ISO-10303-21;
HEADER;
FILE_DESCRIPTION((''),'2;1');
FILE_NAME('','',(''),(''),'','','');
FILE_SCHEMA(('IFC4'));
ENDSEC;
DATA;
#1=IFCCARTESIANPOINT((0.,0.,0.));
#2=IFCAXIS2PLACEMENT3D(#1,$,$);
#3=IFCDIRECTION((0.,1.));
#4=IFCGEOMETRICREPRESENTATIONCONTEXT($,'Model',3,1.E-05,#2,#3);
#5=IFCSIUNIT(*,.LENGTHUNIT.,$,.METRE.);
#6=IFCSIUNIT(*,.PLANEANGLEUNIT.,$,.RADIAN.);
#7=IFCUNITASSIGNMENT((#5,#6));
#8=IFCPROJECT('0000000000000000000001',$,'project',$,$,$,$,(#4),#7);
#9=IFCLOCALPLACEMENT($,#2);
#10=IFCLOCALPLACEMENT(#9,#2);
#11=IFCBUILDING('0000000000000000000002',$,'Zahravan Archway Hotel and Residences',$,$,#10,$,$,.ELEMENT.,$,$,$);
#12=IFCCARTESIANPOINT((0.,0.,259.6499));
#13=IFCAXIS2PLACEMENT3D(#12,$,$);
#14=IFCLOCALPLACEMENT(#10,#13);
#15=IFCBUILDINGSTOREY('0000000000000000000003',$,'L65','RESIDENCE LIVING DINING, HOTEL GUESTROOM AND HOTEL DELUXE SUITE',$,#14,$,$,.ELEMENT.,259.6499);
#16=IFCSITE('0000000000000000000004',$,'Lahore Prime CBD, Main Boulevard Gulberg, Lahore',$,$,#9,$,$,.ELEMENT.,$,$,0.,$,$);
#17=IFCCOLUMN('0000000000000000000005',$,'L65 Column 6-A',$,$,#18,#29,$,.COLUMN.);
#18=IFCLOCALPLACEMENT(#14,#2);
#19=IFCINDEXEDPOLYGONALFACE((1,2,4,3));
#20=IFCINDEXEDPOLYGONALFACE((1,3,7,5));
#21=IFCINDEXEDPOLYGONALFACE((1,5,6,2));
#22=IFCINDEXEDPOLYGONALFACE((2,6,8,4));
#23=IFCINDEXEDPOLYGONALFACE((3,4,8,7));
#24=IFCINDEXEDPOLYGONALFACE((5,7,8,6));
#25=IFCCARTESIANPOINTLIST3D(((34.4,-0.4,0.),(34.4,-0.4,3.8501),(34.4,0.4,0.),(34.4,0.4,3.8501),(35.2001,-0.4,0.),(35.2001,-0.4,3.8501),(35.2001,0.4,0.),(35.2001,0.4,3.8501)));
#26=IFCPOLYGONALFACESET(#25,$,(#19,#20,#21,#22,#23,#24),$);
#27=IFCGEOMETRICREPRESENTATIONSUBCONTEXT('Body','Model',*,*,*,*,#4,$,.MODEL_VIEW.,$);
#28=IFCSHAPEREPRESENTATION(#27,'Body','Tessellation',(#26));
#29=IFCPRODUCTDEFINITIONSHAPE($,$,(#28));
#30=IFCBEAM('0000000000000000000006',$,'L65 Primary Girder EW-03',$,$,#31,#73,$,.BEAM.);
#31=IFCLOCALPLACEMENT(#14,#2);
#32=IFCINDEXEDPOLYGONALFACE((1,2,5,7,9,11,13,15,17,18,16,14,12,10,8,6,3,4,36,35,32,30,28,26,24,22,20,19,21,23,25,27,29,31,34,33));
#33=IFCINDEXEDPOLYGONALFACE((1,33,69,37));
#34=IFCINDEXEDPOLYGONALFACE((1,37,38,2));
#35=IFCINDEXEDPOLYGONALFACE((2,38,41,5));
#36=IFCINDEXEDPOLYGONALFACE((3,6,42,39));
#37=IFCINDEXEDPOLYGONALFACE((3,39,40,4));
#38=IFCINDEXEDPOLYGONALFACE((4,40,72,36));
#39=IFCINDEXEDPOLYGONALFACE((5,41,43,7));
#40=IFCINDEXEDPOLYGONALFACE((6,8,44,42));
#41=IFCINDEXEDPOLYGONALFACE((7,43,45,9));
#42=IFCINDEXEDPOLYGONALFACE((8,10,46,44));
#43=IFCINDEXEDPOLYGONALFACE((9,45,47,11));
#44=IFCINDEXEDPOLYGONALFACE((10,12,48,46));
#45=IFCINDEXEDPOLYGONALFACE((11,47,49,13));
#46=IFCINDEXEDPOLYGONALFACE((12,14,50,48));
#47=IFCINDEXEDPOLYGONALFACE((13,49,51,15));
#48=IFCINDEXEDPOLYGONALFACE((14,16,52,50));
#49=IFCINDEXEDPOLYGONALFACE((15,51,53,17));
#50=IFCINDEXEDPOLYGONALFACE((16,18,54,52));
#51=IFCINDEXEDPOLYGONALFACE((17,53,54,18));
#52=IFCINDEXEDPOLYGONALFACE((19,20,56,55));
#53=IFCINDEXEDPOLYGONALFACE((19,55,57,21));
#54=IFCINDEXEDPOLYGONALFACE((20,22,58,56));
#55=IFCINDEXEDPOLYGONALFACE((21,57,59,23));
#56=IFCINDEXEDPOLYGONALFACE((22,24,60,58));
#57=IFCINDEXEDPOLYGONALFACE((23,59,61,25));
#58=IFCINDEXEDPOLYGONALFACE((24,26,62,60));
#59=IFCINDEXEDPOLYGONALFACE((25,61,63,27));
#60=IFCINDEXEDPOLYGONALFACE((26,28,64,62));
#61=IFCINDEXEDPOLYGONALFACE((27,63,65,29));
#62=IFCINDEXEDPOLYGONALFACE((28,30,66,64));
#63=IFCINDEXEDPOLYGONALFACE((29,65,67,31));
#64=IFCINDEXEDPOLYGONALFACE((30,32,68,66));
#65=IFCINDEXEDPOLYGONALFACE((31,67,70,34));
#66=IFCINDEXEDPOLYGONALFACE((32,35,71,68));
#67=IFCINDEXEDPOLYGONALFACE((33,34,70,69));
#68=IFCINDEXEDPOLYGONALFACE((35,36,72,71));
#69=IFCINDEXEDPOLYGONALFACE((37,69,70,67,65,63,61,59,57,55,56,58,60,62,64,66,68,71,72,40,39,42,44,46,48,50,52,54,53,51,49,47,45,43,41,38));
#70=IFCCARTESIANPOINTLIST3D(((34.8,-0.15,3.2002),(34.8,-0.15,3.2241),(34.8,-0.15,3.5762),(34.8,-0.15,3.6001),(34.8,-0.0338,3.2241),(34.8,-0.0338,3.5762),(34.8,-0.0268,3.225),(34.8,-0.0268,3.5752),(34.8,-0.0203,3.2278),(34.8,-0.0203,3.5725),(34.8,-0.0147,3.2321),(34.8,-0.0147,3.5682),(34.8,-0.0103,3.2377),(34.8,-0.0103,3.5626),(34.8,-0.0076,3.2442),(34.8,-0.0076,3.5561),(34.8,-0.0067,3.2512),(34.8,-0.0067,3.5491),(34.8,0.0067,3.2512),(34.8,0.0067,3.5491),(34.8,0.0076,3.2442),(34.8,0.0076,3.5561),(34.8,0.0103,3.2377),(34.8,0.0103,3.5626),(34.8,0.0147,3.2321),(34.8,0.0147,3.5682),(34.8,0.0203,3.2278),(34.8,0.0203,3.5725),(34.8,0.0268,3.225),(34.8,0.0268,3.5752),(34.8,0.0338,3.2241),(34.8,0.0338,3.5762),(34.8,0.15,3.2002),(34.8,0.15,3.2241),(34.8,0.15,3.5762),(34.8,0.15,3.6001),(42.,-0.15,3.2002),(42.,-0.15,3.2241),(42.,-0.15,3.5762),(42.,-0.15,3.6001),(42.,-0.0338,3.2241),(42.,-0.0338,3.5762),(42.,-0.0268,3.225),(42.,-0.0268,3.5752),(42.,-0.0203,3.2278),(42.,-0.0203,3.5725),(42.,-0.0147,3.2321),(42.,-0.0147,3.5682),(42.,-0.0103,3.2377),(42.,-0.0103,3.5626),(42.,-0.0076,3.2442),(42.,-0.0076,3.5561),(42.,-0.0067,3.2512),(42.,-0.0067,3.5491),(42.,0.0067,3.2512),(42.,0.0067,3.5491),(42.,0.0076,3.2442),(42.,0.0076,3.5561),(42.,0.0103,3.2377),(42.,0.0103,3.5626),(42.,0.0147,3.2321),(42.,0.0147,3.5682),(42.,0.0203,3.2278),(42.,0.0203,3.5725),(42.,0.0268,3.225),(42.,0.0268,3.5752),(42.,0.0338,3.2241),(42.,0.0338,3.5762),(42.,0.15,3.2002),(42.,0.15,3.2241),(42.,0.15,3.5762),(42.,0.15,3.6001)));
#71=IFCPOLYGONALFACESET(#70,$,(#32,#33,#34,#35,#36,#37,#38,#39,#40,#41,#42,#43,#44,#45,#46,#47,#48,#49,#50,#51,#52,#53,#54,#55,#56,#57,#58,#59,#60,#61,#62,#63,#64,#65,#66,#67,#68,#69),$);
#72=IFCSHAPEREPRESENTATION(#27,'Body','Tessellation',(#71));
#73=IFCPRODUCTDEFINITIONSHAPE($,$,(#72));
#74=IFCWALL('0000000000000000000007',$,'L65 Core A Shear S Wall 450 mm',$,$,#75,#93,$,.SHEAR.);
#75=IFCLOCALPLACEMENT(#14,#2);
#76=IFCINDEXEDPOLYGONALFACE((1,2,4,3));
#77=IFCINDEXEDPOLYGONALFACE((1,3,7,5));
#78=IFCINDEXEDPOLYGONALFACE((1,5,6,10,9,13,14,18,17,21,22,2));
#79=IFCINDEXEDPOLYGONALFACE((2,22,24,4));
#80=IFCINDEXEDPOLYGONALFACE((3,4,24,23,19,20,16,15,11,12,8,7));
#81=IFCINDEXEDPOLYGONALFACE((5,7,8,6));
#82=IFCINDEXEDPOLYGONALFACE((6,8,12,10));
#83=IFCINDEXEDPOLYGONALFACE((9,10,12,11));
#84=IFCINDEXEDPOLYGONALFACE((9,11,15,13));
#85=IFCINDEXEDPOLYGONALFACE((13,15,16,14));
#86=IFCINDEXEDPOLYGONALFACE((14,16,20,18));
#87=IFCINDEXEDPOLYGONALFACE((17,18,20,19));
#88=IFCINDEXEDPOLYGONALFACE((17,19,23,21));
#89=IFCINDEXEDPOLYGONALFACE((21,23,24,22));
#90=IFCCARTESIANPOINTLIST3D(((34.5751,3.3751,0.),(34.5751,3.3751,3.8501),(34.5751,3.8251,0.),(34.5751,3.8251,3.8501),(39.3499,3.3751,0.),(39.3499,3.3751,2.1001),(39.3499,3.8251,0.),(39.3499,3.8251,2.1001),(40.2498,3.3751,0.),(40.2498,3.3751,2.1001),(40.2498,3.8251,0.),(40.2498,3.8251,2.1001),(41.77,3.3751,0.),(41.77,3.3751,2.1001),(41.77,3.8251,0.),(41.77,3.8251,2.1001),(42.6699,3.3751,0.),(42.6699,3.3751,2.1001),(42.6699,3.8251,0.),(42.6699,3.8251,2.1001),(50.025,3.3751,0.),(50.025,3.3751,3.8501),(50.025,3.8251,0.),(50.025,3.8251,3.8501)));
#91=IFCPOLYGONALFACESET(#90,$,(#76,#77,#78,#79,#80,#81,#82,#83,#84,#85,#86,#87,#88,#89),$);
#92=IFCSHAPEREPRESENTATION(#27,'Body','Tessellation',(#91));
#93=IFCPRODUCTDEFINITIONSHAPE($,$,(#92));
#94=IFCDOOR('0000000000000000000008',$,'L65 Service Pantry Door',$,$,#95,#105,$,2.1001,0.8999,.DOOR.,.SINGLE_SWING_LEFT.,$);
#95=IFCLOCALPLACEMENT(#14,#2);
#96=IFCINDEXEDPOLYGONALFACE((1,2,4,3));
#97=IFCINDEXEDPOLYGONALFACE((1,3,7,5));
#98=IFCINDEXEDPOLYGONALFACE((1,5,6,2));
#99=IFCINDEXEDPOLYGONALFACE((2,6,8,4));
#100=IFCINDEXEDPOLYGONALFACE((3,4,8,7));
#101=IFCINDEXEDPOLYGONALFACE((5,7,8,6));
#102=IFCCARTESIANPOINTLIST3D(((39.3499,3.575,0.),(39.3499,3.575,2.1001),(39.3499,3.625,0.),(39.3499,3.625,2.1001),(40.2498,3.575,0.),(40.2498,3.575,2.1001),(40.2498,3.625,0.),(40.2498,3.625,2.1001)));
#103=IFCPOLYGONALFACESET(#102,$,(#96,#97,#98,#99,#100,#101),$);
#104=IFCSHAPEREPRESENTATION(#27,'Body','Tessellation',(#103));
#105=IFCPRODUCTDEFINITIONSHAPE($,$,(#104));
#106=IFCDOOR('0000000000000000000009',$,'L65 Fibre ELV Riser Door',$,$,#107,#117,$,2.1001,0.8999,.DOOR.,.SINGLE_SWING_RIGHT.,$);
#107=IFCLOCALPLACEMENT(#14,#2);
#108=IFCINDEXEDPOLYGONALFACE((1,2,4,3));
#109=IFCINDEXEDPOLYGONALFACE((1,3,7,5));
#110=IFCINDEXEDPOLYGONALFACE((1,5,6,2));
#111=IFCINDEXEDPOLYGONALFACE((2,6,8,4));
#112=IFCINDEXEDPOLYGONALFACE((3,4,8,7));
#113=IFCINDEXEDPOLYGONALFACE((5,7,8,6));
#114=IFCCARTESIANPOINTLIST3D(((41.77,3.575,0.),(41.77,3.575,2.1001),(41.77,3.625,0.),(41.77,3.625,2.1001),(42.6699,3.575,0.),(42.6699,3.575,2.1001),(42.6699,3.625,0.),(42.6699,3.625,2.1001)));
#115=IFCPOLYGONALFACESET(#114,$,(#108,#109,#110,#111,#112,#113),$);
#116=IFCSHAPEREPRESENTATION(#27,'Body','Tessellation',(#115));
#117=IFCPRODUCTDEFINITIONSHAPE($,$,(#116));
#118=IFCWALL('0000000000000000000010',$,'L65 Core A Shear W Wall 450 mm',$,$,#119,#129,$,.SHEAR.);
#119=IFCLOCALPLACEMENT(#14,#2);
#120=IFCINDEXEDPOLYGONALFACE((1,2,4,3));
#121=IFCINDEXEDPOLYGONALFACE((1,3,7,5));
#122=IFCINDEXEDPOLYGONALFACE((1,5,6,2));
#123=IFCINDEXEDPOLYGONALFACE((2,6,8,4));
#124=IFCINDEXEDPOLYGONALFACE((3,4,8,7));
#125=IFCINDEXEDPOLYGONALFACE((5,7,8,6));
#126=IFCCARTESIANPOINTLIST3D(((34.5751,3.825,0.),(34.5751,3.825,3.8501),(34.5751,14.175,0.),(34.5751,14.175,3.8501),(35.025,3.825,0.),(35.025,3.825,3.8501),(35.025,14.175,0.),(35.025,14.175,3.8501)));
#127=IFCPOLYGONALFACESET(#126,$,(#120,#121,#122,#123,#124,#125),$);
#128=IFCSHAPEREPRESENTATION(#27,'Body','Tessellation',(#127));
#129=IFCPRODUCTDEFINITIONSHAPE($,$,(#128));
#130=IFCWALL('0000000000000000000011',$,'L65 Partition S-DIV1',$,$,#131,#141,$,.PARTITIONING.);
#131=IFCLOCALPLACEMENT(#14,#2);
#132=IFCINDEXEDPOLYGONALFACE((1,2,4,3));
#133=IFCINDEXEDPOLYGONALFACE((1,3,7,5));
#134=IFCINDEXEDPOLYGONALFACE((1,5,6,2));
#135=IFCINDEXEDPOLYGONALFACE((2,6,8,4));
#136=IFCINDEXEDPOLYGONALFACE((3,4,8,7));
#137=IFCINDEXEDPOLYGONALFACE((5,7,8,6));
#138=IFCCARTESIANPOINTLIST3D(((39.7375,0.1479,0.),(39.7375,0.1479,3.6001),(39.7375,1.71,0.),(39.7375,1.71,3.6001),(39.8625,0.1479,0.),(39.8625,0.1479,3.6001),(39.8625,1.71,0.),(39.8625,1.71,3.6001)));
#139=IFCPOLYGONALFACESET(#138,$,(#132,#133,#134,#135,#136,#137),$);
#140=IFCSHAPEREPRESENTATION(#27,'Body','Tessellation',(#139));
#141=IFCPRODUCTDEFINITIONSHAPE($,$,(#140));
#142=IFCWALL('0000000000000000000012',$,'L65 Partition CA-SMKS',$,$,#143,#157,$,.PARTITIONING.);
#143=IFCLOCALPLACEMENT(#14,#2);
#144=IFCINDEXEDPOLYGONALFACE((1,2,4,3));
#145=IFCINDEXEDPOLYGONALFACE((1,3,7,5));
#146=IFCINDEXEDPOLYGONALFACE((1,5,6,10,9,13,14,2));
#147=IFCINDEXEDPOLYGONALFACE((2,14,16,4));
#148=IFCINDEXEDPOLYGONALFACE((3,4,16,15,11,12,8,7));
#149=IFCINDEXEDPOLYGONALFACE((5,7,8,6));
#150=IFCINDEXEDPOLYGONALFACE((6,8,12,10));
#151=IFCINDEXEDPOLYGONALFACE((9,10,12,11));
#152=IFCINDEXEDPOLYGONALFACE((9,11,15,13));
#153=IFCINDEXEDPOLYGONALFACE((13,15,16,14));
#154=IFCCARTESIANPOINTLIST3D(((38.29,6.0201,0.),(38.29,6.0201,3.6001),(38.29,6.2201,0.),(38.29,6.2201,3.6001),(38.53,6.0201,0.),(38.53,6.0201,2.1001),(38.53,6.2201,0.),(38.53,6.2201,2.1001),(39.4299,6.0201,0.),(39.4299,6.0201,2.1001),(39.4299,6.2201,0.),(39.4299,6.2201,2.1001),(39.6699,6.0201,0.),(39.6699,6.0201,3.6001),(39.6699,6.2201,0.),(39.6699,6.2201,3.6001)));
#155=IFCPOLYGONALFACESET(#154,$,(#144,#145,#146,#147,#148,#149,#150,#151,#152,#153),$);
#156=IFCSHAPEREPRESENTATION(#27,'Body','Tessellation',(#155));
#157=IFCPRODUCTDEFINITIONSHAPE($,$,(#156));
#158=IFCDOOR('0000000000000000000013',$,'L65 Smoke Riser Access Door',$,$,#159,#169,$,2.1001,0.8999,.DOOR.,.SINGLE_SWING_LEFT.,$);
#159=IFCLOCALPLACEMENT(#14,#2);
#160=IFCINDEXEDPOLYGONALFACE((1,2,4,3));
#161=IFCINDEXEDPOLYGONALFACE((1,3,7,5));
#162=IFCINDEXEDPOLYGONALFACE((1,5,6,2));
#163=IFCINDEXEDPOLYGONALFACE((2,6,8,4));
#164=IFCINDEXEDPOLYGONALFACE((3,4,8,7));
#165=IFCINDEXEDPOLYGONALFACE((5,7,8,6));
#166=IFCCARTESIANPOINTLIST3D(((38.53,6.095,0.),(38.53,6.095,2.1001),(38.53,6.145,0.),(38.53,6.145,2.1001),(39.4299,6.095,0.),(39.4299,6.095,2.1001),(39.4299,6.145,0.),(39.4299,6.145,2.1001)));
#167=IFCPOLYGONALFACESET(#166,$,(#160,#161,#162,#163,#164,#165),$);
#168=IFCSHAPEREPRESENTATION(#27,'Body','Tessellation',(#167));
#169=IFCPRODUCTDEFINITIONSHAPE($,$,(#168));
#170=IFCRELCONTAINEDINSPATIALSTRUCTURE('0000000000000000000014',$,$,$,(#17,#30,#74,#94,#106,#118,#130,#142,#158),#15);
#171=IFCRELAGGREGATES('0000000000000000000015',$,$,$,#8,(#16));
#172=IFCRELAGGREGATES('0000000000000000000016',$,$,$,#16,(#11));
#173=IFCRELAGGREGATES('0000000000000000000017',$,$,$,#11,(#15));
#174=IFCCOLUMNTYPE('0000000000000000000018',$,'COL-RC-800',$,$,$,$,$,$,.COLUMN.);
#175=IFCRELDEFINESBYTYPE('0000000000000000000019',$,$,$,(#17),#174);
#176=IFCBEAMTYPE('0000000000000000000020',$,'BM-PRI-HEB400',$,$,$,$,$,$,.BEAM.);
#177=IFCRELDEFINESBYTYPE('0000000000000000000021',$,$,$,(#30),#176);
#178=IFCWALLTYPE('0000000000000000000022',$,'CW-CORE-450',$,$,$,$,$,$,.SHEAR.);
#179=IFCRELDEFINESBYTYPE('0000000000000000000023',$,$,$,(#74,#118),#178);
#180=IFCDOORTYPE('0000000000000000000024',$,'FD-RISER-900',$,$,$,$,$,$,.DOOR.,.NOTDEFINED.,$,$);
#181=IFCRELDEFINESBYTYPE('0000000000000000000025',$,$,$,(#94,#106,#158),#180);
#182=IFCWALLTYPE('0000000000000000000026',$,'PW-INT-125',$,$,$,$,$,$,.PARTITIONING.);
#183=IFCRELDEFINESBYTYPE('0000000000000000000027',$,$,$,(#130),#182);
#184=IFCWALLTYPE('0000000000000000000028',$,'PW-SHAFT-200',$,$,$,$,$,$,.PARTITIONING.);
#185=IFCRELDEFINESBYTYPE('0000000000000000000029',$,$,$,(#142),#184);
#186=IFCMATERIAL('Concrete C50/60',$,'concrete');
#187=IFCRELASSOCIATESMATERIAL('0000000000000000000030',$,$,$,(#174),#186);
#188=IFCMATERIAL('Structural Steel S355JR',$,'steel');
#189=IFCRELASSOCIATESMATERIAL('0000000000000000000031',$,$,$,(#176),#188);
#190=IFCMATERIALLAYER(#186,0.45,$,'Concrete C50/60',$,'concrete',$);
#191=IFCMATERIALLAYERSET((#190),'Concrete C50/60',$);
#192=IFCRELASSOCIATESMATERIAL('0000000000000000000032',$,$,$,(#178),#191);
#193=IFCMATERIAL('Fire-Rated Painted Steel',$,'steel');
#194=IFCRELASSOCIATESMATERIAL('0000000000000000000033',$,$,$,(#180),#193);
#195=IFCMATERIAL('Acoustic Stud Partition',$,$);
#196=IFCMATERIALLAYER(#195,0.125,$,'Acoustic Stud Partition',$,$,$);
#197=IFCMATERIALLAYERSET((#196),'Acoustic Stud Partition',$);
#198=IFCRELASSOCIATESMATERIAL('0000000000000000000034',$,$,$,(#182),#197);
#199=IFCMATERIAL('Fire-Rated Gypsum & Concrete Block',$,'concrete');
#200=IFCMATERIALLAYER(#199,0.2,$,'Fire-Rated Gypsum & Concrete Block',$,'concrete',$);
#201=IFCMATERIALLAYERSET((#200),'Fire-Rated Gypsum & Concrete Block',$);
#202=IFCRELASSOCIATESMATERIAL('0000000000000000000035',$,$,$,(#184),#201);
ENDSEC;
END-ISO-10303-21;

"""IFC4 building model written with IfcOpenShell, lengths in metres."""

from ifc_helpers import new_model, si_unit, direction, frame, frame_2d, origin, origin_2d, place, context, subcontext, project, spatial, rectangle, i_section, extrude, source, transform, mapped, material, layer, layer_set, material_profile, profile_set, type_object, type_shapes, element, fill, save


model = new_model("IFC4")

# Units and contexts
model_context = context("Model", 3, precision=1e-05, world=origin(), true_north=direction((0.0, 1.0)))
body_context = subcontext(model_context, "Body", "Model", "MODEL_VIEW")
ifc_project = project(units=[si_unit("LENGTHUNIT", "METRE"), si_unit("PLANEANGLEUNIT", "RADIAN")], contexts=[model_context])

# Site, building, storey
site_placement = place(None, origin())
site = spatial("IfcSite", under=ifc_project, at=site_placement, Name="Lahore Prime CBD, Main Boulevard Gulberg, Lahore", CompositionType="ELEMENT", RefElevation=0.0)
building_placement = place(site_placement, origin())
building = spatial("IfcBuilding", under=site, at=building_placement, Name="Zahravan Archway Hotel and Residences", CompositionType="ELEMENT")
storey_placement = place(building_placement, frame((0.0, 0.0, 259.6499)))
storey = spatial("IfcBuildingStorey", under=building, at=storey_placement, Name="L65", Description="RESIDENCE LIVING DINING, HOTEL GUESTROOM AND HOTEL DELUXE SUITE", CompositionType="ELEMENT", Elevation=259.6499)

# Column
ifc_material_1 = material(Name="Concrete C50/60", Category="concrete")
ifc_material_profile_1 = material_profile(ifc_material_1, rectangle(XDim=0.8, YDim=0.8, at=origin_2d()), Name="RC-COL-800x800", Category="concrete")
ifc_profile_set_1 = profile_set([ifc_material_profile_1], Name="Concrete C50/60")
column_type = type_object("IfcColumnType", Name="COL-RC-800", PredefinedType="COLUMN", material=ifc_profile_set_1)
shared_shape_1 = source(origin(), body_context, "Body", "SweptSolid", [
    extrude(rectangle(XDim=0.8, YDim=0.8, at=origin_2d()), origin(), (0.0, 0.0, 1.0), 3.8501),
])
column_placement = place(storey_placement, frame((34.8, 0.0, 0.0), z_axis=(0.0, 0.0, 1.0), x_axis=(1.0, 0.0, 0.0)))
element("IfcColumn", 1, at=column_placement, inside=storey, type_object=column_type, Name="L65 Column 6-A", PredefinedType="COLUMN", context=body_context, shape_type="MappedRepresentation", body=[
    mapped(shared_shape_1, transform((0.0, 0.0, 0.0), scale=1.0)),
])

# Beam
ifc_material_2 = material(Name="Structural Steel S355JR", Category="steel")
ifc_material_profile_2 = material_profile(ifc_material_2, i_section(OverallWidth=0.3, OverallDepth=0.3999, WebThickness=0.0134, FlangeThickness=0.0239, FilletRadius=0.0271, at=origin_2d()), Name="HEB 400", Category="steel")
ifc_profile_set_2 = profile_set([ifc_material_profile_2], Name="Structural Steel S355JR")
beam_type = type_object("IfcBeamType", Name="BM-PRI-HEB400", PredefinedType="BEAM", material=ifc_profile_set_2)
shared_shape_2 = source(origin(), body_context, "Body", "SweptSolid", [
    extrude(i_section(OverallWidth=0.3, OverallDepth=0.3999, WebThickness=0.0134, FlangeThickness=0.0239, FilletRadius=0.0271, at=origin_2d()), origin(), (0.0, 0.0, 1.0), 7.2),
])
type_shapes(beam_type, [shared_shape_2])
beam_placement = place(storey_placement, frame((34.8, 0.0, 3.4001), z_axis=(1.0, 0.0, 0.0), x_axis=(0.0, 1.0, 0.0)))
element("IfcBeam", 2, at=beam_placement, inside=storey, type_object=beam_type, Name="L65 Primary Girder EW-03", PredefinedType="BEAM", context=body_context, shape_type="MappedRepresentation", body=[
    mapped(shared_shape_2, transform((0.0, 0.0, 0.0), scale=1.0)),
])

# Wall, openings, doors
ifc_layer_1 = layer(ifc_material_1, 0.45, Name="Concrete C50/60", Category="concrete")
ifc_layer_set_1 = layer_set([ifc_layer_1], Name="Concrete C50/60")
wall_type_1 = type_object("IfcWallType", Name="CW-CORE-450", PredefinedType="SHEAR", material=ifc_layer_set_1)
wall_1_placement = place(storey_placement, frame((34.575, 3.6001, 0.0), z_axis=(0.0, 0.0, 1.0), x_axis=(1.0, 0.0, 0.0)))
wall_1 = element("IfcWall", 3, at=wall_1_placement, inside=storey, type_object=wall_type_1, Name="L65 Core A Shear S Wall 450 mm", PredefinedType="SHEAR", context=body_context, shape_type="SweptSolid", body=[
    extrude(rectangle(XDim=15.45, YDim=0.45, at=frame_2d((7.7251, 0.0))), origin(), (0.0, 0.0, 1.0), 3.8501),
])
opening_1_placement = place(wall_1_placement, frame((4.7749, 0.0, 0.0)))
opening_1 = element("IfcOpeningElement", 4, at=opening_1_placement, cuts=wall_1, PredefinedType="OPENING", context=body_context, shape_type="SweptSolid", body=[
    extrude(rectangle(XDim=0.8999, YDim=2.1001, at=frame_2d((0.45, 1.05))), frame((0.0, 0.2349, 0.0), z_axis=(0.0, -1.0, 0.0), x_axis=(1.0, 0.0, 0.0)), (0.0, 0.0, 1.0), 0.47),
])
opening_2_placement = place(wall_1_placement, frame((7.1951, 0.0, 0.0)))
opening_2 = element("IfcOpeningElement", 5, at=opening_2_placement, cuts=wall_1, PredefinedType="OPENING", context=body_context, shape_type="SweptSolid", body=[
    extrude(rectangle(XDim=0.8999, YDim=2.1001, at=frame_2d((0.45, 1.05))), frame((0.0, 0.2349, 0.0), z_axis=(0.0, -1.0, 0.0), x_axis=(1.0, 0.0, 0.0)), (0.0, 0.0, 1.0), 0.47),
])
ifc_material_3 = material(Name="Fire-Rated Painted Steel", Category="steel")
door_type = type_object("IfcDoorType", Name="FD-RISER-900", OperationType="NOTDEFINED", PredefinedType="DOOR", material=ifc_material_3)
shared_shape_3 = source(origin(), body_context, "Body", "SweptSolid", [
    extrude(rectangle(XDim=0.8999, YDim=2.1001, at=frame_2d((0.45, 1.05))), frame((0.0, 0.0249, 0.0), z_axis=(0.0, -1.0, 0.0), x_axis=(1.0, 0.0, 0.0)), (0.0, 0.0, 1.0), 0.05),
])
type_shapes(door_type, [shared_shape_3])
door_1_placement = place(opening_1_placement, origin())
door_1 = element("IfcDoor", 6, at=door_1_placement, inside=storey, type_object=door_type, Name="L65 Service Pantry Door", OperationType="SINGLE_SWING_LEFT", OverallHeight=2.1001, OverallWidth=0.8999, PredefinedType="DOOR", context=body_context, shape_type="MappedRepresentation", body=[
    mapped(shared_shape_3, transform((0.0, 0.0, 0.0), scale=1.0)),
])
fill(opening_1, door_1)
door_2_placement = place(opening_2_placement, origin())
door_2 = element("IfcDoor", 7, at=door_2_placement, inside=storey, type_object=door_type, Name="L65 Fibre ELV Riser Door", OperationType="SINGLE_SWING_RIGHT", OverallHeight=2.1001, OverallWidth=0.8999, PredefinedType="DOOR", context=body_context, shape_type="MappedRepresentation", body=[
    mapped(shared_shape_3, transform((0.0, 0.0, 0.0), scale=1.0)),
])
fill(opening_2, door_2)

# Walls
wall_2_placement = place(storey_placement, frame((34.8, 3.825, 0.0), z_axis=(0.0, 0.0, 1.0), x_axis=(0.0, 1.0, 0.0)))
element("IfcWall", 8, at=wall_2_placement, inside=storey, type_object=wall_type_1, Name="L65 Core A Shear W Wall 450 mm", PredefinedType="SHEAR", context=body_context, shape_type="SweptSolid", body=[
    extrude(rectangle(XDim=10.3501, YDim=0.45, at=frame_2d((5.175, 0.0))), origin(), (0.0, 0.0, 1.0), 3.8501),
])
ifc_material_4 = material(Name="Acoustic Stud Partition")
ifc_layer_2 = layer(ifc_material_4, 0.125, Name="Acoustic Stud Partition")
ifc_layer_set_2 = layer_set([ifc_layer_2], Name="Acoustic Stud Partition")
wall_type_2 = type_object("IfcWallType", Name="PW-INT-125", PredefinedType="PARTITIONING", material=ifc_layer_set_2)
wall_3_placement = place(storey_placement, frame((39.8, 0.1479, 0.0), z_axis=(0.0, 0.0, 1.0), x_axis=(0.0, 1.0, 0.0)))
element("IfcWall", 9, at=wall_3_placement, inside=storey, type_object=wall_type_2, Name="L65 Partition S-DIV1", PredefinedType="PARTITIONING", context=body_context, shape_type="SweptSolid", body=[
    extrude(rectangle(XDim=1.562, YDim=0.125, at=frame_2d((0.781, 0.0))), origin(), (0.0, 0.0, 1.0), 3.6001),
])

# Wall, opening, door
ifc_material_5 = material(Name="Fire-Rated Gypsum & Concrete Block", Category="concrete")
ifc_layer_3 = layer(ifc_material_5, 0.2, Name="Fire-Rated Gypsum & Concrete Block", Category="concrete")
ifc_layer_set_3 = layer_set([ifc_layer_3], Name="Fire-Rated Gypsum & Concrete Block")
wall_type_3 = type_object("IfcWallType", Name="PW-SHAFT-200", PredefinedType="PARTITIONING", material=ifc_layer_set_3)
wall_4_placement = place(storey_placement, frame((38.29, 6.1201, 0.0), z_axis=(0.0, 0.0, 1.0), x_axis=(1.0, 0.0, 0.0)))
wall_4 = element("IfcWall", 10, at=wall_4_placement, inside=storey, type_object=wall_type_3, Name="L65 Partition CA-SMKS", PredefinedType="PARTITIONING", context=body_context, shape_type="SweptSolid", body=[
    extrude(rectangle(XDim=1.3799, YDim=0.2, at=frame_2d((0.6899, 0.0))), origin(), (0.0, 0.0, 1.0), 3.6001),
])
opening_3_placement = place(wall_4_placement, frame((0.24, 0.0, 0.0)))
opening_3 = element("IfcOpeningElement", 11, at=opening_3_placement, cuts=wall_4, PredefinedType="OPENING", context=body_context, shape_type="SweptSolid", body=[
    extrude(rectangle(XDim=0.8999, YDim=2.1001, at=frame_2d((0.45, 1.05))), frame((0.0, 0.1099, 0.0), z_axis=(0.0, -1.0, 0.0), x_axis=(1.0, 0.0, 0.0)), (0.0, 0.0, 1.0), 0.22),
])
door_3_placement = place(opening_3_placement, origin())
door_3 = element("IfcDoor", 12, at=door_3_placement, inside=storey, type_object=door_type, Name="L65 Smoke Riser Access Door", OperationType="SINGLE_SWING_LEFT", OverallHeight=2.1001, OverallWidth=0.8999, PredefinedType="DOOR", context=body_context, shape_type="MappedRepresentation", body=[
    mapped(shared_shape_3, transform((0.0, 0.0, 0.0), scale=1.0)),
])
fill(opening_3, door_3)

save(model, "model.ifc")
